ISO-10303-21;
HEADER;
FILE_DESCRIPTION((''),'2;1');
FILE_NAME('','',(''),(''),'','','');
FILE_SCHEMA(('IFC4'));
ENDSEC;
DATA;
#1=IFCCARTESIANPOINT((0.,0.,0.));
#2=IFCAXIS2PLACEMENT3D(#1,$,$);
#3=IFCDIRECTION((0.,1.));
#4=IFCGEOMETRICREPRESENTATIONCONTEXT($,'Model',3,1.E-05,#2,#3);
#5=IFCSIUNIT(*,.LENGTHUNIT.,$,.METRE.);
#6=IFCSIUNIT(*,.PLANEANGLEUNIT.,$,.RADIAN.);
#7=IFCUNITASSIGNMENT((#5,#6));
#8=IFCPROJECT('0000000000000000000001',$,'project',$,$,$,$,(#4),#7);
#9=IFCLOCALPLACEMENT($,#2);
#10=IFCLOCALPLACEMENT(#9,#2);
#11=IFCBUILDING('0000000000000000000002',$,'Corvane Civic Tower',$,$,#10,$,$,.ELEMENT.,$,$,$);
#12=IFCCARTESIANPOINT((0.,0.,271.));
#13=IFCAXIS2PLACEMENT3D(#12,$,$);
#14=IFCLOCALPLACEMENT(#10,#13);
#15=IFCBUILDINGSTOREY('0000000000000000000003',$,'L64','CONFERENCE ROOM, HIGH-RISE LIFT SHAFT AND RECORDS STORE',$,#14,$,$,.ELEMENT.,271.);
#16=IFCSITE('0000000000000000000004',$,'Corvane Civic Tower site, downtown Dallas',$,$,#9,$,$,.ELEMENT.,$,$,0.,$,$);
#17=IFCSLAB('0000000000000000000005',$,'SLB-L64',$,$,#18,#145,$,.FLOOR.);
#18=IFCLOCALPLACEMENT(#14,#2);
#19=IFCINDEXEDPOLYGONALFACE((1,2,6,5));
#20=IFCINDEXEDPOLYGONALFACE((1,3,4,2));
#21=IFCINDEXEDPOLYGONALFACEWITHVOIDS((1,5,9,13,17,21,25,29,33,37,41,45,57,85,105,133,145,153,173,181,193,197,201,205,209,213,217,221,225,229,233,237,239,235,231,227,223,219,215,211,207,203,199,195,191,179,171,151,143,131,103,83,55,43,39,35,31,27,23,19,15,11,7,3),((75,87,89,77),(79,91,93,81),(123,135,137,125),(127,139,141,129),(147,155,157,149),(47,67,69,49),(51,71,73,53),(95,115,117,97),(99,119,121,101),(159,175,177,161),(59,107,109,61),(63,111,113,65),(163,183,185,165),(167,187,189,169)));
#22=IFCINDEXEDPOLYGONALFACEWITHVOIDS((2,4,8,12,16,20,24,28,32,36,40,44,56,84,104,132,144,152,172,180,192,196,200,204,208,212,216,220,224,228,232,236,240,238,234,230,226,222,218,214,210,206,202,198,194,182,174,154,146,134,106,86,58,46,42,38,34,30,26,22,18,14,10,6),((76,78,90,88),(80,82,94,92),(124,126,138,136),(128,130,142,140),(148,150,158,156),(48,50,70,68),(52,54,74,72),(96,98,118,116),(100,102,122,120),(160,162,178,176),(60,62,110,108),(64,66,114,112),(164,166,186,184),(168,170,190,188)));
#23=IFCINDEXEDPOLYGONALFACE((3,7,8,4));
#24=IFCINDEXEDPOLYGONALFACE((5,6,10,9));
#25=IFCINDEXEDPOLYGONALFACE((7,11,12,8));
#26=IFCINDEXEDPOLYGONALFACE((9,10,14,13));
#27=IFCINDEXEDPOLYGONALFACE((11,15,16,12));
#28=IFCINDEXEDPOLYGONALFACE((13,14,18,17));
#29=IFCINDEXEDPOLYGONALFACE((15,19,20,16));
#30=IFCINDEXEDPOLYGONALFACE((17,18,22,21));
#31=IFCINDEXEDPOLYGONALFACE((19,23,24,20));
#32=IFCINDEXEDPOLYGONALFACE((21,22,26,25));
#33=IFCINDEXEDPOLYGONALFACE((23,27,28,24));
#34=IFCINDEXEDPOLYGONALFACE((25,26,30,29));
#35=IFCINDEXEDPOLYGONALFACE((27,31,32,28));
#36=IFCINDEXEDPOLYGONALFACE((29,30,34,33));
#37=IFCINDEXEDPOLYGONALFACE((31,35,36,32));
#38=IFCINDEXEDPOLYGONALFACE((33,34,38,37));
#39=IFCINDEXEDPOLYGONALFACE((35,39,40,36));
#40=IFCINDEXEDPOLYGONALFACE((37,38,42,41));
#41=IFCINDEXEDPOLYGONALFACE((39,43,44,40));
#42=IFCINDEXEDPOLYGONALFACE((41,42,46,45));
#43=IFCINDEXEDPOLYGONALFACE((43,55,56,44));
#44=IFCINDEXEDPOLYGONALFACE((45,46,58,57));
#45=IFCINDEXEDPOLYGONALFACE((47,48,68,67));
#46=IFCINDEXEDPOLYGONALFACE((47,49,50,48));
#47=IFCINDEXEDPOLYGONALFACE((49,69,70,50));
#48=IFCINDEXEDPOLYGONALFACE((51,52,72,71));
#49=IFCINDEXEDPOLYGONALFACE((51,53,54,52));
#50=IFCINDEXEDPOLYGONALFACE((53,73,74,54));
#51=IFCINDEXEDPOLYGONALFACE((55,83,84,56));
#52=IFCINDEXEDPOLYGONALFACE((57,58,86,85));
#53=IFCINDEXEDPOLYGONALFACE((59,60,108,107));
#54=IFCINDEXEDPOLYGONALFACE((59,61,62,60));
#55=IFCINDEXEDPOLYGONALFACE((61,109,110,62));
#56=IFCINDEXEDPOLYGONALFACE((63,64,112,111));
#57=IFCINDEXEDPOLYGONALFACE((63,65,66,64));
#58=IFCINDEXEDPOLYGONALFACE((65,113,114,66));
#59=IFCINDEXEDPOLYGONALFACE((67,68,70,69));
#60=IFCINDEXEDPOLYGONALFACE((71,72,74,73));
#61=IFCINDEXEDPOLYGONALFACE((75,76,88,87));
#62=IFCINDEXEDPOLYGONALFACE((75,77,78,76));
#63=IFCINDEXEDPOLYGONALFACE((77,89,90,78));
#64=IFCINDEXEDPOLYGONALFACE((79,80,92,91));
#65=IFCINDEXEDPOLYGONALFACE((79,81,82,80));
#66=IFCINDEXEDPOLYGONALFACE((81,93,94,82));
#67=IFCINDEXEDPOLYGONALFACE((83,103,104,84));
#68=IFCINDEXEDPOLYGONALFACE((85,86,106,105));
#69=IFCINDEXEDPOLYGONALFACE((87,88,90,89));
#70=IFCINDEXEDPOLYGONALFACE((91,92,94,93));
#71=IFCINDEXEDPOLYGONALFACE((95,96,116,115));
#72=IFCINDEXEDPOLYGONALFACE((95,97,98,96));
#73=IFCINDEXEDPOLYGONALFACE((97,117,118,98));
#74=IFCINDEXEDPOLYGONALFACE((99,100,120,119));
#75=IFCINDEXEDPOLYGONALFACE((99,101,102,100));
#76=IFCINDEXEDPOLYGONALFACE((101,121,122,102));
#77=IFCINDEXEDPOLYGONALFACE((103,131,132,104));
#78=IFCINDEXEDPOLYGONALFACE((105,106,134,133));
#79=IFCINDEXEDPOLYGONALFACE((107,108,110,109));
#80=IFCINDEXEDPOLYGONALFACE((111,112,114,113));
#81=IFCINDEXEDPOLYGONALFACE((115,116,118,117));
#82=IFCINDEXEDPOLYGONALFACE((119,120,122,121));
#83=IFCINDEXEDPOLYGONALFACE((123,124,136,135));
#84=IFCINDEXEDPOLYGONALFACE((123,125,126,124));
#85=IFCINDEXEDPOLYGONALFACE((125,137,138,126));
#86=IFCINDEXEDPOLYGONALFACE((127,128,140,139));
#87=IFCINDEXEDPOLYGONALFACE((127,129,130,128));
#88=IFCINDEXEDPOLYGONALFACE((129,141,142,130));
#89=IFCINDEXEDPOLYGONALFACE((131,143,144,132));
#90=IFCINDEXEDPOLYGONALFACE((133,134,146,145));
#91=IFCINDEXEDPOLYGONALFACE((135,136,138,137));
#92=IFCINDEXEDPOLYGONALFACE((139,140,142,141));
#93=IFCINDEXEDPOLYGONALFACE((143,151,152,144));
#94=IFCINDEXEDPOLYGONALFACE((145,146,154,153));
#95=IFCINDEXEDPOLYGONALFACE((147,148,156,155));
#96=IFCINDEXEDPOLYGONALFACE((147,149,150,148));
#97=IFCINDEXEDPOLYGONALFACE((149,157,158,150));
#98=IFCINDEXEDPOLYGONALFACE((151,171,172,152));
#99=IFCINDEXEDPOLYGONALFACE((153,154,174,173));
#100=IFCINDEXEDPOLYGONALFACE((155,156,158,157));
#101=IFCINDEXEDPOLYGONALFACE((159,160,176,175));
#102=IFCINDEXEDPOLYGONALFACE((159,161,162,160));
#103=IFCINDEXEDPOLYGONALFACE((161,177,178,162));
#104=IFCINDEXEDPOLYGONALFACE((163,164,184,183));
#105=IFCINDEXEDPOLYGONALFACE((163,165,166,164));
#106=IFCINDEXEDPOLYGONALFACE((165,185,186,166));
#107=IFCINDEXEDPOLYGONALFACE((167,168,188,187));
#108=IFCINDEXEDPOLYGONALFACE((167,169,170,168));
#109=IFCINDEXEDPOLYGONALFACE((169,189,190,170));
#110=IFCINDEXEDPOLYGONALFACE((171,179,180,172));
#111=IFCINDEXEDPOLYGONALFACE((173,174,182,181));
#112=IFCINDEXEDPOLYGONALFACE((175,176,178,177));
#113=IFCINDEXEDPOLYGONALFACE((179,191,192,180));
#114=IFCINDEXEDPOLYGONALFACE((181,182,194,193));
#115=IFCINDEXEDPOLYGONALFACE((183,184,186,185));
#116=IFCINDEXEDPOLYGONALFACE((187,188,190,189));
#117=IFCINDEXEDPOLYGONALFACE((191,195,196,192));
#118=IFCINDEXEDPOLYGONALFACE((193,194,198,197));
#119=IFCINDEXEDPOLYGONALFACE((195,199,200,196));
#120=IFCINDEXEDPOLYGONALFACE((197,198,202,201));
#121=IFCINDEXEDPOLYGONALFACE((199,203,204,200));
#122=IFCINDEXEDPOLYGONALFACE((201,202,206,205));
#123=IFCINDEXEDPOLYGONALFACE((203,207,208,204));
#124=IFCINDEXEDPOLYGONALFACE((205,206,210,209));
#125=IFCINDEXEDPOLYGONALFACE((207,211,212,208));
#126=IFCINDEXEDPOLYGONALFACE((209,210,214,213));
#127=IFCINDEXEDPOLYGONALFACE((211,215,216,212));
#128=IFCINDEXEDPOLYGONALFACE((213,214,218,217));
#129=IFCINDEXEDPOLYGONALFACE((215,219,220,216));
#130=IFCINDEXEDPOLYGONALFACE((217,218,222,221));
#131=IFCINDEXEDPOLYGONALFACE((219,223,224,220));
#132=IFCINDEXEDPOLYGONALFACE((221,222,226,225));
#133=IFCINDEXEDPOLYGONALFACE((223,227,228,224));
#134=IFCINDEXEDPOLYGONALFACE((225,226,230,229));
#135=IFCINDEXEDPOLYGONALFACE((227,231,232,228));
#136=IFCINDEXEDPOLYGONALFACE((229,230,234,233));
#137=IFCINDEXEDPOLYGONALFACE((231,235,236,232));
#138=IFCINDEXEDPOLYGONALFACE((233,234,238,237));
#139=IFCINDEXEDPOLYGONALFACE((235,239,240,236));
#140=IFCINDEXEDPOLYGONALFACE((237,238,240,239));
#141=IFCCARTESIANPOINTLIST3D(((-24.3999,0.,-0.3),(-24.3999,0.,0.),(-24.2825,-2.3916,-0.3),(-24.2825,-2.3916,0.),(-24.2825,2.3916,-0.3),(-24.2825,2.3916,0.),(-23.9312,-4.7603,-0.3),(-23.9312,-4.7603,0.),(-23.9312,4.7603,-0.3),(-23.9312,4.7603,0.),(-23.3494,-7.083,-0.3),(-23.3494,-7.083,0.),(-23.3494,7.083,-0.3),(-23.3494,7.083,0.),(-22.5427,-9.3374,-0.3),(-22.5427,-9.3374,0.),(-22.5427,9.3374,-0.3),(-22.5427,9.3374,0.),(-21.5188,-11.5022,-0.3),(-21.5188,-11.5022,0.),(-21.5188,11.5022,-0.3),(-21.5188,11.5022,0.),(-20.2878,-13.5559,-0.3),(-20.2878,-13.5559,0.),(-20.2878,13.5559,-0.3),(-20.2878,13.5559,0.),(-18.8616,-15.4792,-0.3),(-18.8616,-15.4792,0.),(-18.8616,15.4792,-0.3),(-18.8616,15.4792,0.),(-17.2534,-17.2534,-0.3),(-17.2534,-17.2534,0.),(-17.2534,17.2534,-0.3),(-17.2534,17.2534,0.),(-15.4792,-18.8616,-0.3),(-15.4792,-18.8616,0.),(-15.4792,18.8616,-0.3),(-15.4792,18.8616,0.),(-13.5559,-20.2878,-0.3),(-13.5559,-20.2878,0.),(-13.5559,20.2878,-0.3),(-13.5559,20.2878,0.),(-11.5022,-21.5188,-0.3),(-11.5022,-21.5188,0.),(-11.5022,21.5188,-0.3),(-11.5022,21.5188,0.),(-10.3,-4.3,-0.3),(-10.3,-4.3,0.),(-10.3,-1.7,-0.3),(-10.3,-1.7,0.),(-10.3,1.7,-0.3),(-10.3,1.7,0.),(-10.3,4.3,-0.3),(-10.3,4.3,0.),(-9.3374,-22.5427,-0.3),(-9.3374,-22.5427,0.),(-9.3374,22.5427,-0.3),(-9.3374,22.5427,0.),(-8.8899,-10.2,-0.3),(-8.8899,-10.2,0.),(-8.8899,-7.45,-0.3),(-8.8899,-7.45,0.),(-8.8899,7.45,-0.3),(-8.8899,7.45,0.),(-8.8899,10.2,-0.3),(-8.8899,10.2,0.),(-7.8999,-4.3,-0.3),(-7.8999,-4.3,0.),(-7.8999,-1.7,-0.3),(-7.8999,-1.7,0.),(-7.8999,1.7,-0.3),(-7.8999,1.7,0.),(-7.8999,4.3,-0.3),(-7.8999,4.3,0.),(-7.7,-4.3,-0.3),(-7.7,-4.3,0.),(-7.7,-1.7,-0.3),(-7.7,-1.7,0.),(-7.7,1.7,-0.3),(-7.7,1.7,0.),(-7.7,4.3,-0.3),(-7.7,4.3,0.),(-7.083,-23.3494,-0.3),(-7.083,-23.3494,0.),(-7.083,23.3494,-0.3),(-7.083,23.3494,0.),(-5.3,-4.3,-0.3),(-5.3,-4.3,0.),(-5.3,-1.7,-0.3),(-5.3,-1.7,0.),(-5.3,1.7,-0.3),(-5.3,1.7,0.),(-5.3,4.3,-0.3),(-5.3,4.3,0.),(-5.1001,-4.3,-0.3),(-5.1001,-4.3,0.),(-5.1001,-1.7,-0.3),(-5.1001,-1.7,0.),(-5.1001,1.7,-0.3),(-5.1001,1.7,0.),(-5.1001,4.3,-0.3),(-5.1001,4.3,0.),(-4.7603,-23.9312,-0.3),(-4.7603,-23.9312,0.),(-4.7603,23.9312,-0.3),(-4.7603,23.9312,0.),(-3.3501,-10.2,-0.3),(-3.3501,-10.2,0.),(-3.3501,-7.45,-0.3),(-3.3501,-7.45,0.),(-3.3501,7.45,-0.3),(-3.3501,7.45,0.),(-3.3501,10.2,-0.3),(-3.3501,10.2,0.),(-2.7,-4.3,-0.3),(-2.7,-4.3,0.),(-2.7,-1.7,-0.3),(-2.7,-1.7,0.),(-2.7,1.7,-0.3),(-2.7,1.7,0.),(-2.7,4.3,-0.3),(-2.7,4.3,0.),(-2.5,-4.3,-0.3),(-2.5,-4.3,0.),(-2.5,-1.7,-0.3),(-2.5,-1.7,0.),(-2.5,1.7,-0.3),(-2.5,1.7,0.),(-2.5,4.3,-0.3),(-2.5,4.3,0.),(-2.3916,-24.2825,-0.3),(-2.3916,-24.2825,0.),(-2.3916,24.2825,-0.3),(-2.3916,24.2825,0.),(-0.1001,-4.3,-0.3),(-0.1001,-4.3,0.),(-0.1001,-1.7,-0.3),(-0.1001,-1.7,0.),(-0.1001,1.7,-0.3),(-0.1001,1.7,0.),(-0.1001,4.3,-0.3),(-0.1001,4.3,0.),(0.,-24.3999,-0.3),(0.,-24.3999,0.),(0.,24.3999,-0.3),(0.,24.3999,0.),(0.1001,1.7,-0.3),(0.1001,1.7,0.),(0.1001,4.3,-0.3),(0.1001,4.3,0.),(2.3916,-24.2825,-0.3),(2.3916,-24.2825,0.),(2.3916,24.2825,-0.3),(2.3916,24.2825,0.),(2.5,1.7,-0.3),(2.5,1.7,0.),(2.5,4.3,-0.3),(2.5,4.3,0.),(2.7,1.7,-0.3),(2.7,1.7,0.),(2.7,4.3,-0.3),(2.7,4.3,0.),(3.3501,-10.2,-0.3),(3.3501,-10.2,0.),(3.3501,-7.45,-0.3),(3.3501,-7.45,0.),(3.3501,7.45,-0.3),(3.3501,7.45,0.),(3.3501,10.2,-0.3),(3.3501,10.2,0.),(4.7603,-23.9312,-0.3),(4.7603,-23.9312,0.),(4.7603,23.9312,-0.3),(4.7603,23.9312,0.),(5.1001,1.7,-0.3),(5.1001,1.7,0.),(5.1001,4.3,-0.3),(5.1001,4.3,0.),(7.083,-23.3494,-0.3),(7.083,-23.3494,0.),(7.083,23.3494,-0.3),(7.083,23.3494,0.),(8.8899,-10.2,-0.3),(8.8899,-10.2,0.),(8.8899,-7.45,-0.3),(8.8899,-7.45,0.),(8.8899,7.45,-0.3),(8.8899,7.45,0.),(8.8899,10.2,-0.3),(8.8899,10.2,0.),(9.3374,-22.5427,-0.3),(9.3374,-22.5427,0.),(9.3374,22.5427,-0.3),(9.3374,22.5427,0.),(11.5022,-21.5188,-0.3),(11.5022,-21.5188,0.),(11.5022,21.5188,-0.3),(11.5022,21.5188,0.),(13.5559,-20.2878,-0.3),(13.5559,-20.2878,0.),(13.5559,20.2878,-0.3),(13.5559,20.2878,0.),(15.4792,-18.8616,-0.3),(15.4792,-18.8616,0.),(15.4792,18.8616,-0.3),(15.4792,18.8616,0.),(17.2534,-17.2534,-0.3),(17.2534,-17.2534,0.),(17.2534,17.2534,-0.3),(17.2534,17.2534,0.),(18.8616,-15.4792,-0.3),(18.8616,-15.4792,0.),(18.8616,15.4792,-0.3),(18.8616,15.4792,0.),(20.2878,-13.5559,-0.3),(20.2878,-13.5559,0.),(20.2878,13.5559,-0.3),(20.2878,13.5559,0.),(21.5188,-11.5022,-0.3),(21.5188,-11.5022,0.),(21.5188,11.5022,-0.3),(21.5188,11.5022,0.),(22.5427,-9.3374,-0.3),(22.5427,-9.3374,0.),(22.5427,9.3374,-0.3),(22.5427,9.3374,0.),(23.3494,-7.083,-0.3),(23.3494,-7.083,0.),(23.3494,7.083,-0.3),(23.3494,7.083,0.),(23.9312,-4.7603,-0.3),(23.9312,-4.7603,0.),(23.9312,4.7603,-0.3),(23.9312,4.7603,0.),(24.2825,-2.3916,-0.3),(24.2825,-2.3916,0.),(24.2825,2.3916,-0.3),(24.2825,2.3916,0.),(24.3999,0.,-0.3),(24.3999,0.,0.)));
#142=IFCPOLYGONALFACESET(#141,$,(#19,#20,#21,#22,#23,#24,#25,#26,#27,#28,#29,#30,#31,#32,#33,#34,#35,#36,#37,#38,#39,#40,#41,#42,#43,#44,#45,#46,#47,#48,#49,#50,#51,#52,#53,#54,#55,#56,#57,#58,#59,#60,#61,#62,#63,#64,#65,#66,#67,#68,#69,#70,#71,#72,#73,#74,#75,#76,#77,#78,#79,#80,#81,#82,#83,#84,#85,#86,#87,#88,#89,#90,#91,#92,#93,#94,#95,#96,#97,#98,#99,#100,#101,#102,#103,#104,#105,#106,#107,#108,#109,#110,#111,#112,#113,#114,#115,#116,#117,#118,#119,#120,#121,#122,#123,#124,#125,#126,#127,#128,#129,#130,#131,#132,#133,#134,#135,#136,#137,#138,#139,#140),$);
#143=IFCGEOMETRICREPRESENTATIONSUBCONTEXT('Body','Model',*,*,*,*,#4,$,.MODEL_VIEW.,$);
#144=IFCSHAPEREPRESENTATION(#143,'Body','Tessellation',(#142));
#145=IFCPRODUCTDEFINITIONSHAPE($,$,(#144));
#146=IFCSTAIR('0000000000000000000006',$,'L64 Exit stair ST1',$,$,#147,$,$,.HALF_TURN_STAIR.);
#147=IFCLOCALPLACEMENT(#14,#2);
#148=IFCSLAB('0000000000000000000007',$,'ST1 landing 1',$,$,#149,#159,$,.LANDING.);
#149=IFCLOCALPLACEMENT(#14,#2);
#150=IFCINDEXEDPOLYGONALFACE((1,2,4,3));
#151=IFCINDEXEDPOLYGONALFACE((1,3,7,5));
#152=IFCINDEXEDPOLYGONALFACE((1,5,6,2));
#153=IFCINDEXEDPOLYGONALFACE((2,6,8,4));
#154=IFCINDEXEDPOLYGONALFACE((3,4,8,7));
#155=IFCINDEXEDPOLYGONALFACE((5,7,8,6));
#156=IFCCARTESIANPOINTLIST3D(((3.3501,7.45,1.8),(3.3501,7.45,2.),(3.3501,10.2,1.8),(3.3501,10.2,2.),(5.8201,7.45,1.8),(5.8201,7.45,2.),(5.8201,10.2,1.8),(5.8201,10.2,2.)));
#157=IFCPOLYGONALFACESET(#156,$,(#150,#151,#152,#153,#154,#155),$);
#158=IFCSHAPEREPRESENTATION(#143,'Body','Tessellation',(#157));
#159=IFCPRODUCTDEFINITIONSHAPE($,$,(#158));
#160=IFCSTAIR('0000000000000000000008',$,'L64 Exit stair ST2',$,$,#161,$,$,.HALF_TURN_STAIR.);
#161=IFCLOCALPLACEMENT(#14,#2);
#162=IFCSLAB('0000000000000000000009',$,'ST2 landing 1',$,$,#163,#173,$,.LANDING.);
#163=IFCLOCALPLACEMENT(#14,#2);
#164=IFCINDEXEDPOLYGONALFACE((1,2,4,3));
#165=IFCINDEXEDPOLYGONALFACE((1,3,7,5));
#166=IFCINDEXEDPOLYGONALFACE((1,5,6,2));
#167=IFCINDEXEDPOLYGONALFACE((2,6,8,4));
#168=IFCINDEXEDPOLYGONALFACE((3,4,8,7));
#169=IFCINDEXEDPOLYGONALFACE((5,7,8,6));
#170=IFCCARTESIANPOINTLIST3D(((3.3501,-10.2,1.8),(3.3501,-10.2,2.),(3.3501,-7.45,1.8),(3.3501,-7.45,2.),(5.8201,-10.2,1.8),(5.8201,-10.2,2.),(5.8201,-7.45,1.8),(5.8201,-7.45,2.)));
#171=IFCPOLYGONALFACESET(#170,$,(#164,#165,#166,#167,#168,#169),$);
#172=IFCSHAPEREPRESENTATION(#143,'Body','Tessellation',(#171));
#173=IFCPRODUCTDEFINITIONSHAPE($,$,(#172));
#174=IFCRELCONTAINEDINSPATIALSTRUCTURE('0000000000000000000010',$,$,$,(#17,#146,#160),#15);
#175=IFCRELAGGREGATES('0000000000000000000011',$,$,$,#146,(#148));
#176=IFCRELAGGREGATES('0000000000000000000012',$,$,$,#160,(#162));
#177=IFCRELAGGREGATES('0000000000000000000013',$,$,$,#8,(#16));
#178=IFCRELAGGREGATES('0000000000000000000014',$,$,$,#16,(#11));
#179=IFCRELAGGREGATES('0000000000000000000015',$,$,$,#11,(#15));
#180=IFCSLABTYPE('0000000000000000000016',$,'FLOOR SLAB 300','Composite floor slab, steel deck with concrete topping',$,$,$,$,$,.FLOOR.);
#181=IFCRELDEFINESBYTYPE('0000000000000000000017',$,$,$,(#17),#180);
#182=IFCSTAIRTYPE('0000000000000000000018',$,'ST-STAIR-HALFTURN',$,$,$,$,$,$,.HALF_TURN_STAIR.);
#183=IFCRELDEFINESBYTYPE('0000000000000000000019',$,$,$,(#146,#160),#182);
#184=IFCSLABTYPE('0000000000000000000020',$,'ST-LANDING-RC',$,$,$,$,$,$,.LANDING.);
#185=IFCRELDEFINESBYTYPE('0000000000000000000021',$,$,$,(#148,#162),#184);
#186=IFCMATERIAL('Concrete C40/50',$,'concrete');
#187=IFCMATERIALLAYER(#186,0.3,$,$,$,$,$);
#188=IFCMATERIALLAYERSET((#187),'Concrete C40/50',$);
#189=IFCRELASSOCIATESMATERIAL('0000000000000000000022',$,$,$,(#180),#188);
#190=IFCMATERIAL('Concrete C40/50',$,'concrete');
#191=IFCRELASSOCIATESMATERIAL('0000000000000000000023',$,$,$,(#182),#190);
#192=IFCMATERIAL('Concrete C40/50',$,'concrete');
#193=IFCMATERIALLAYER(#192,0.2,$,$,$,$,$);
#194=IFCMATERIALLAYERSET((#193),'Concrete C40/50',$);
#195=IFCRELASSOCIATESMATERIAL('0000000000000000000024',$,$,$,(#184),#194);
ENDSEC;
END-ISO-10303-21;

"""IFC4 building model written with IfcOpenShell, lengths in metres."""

from ifc_helpers import new_model, si_unit, direction, frame, origin, place, context, subcontext, project, spatial, polyline, outline, extrude, material, layer, layer_set, type_object, element, aggregate, save


model = new_model("IFC4")

# Units and contexts
model_context = context("Model", 3, precision=1e-05, world=origin(), true_north=direction((0.0, 1.0)))
body_context = subcontext(model_context, "Body", "Model", "MODEL_VIEW")
ifc_project = project(units=[si_unit("LENGTHUNIT", "METRE"), si_unit("PLANEANGLEUNIT", "RADIAN")], contexts=[model_context])

# Site, building, storey
site_placement = place(None, origin())
site = spatial("IfcSite", under=ifc_project, at=site_placement, Name="Corvane Civic Tower site, downtown Dallas", CompositionType="ELEMENT", RefElevation=0.0)
building_placement = place(site_placement, origin())
building = spatial("IfcBuilding", under=site, at=building_placement, Name="Corvane Civic Tower", CompositionType="ELEMENT")
storey_placement = place(building_placement, frame((0.0, 0.0, 271.0)))
storey = spatial("IfcBuildingStorey", under=building, at=storey_placement, Name="L64", Description="CONFERENCE ROOM, HIGH-RISE LIFT SHAFT AND RECORDS STORE", CompositionType="ELEMENT", Elevation=271.0)

# Slab
ifc_material_1 = material(Name="Concrete C40/50", Category="concrete")
ifc_layer_1 = layer(ifc_material_1, 0.3)
ifc_layer_set_1 = layer_set([ifc_layer_1], Name="Concrete C40/50")
slab_type_1 = type_object("IfcSlabType", Name="FLOOR SLAB 300", Description="Composite floor slab, steel deck with concrete topping", PredefinedType="FLOOR", material=ifc_layer_set_1)
slab_1_placement = place(storey_placement, frame((0.0, 0.0, -0.3)))
element("IfcSlab", 1, at=slab_1_placement, inside=storey, type_object=slab_type_1, Name="SLB-L64", PredefinedType="FLOOR", context=body_context, shape_type="SweptSolid", body=[
    extrude(outline(polyline([(0.0, 24.3999), (-2.3916, 24.2825), (-4.7603, 23.9312), (-7.083, 23.3494), (-9.3374, 22.5427), (-11.5022, 21.5188), (-13.5559, 20.2878), (-15.4792, 18.8616), (-17.2534, 17.2534), (-18.8616, 15.4792), (-20.2878, 13.5559), (-21.5188, 11.5022), (-22.5427, 9.3374), (-23.3494, 7.083), (-23.9312, 4.7603), (-24.2825, 2.3916), (-24.3999, 0.0), (-24.2825, -2.3916), (-23.9312, -4.7603), (-23.3494, -7.083), (-22.5427, -9.3374), (-21.5188, -11.5022), (-20.2878, -13.5559), (-18.8616, -15.4792), (-17.2534, -17.2534), (-15.4792, -18.8616), (-13.5559, -20.2878), (-11.5022, -21.5188), (-9.3374, -22.5427), (-7.083, -23.3494), (-4.7603, -23.9312), (-2.3916, -24.2825), (0.0, -24.3999), (2.3916, -24.2825), (4.7603, -23.9312), (7.083, -23.3494), (9.3374, -22.5427), (11.5022, -21.5188), (13.5559, -20.2878), (15.4792, -18.8616), (17.2534, -17.2534), (18.8616, -15.4792), (20.2878, -13.5559), (21.5188, -11.5022), (22.5427, -9.3374), (23.3494, -7.083), (23.9312, -4.7603), (24.2825, -2.3916), (24.3999, 0.0), (24.2825, 2.3916), (23.9312, 4.7603), (23.3494, 7.083), (22.5427, 9.3374), (21.5188, 11.5022), (20.2878, 13.5559), (18.8616, 15.4792), (17.2534, 17.2534), (15.4792, 18.8616), (13.5559, 20.2878), (11.5022, 21.5188), (9.3374, 22.5427), (7.083, 23.3494), (4.7603, 23.9312), (2.3916, 24.2825), (0.0, 24.3999)]), holes=[polyline([(-7.8999, 1.7), (-10.3, 1.7), (-10.3, 4.3), (-7.8999, 4.3), (-7.8999, 1.7)]), polyline([(-5.3, 1.7), (-7.7, 1.7), (-7.7, 4.3), (-5.3, 4.3), (-5.3, 1.7)]), polyline([(-2.7, 4.3), (-2.7, 1.7), (-5.1001, 1.7), (-5.1001, 4.3), (-2.7, 4.3)]), polyline([(-0.1001, 4.3), (-0.1001, 1.7), (-2.5, 1.7), (-2.5, 4.3), (-0.1001, 4.3)]), polyline([(2.5, 4.3), (2.5, 1.7), (0.1001, 1.7), (0.1001, 4.3), (2.5, 4.3)]), polyline([(5.1001, 4.3), (5.1001, 1.7), (2.7, 1.7), (2.7, 4.3), (5.1001, 4.3)]), polyline([(-10.3, -4.3), (-10.3, -1.7), (-7.8999, -1.7), (-7.8999, -4.3), (-10.3, -4.3)]), polyline([(-7.7, -4.3), (-7.7, -1.7), (-5.3, -1.7), (-5.3, -4.3), (-7.7, -4.3)]), polyline([(-2.7, -1.7), (-2.7, -4.3), (-5.1001, -4.3), (-5.1001, -1.7), (-2.7, -1.7)]), polyline([(-2.5, -4.3), (-2.5, -1.7), (-0.1001, -1.7), (-0.1001, -4.3), (-2.5, -4.3)]), polyline([(8.8899, 10.2), (8.8899, 7.45), (3.3501, 7.45), (3.3501, 10.2), (8.8899, 10.2)]), polyline([(-8.8899, 7.45), (-8.8899, 10.2), (-3.3501, 10.2), (-3.3501, 7.45), (-8.8899, 7.45)]), polyline([(8.8899, -7.45), (8.8899, -10.2), (3.3501, -10.2), (3.3501, -7.45), (8.8899, -7.45)]), polyline([(-8.8899, -10.2), (-8.8899, -7.45), (-3.3501, -7.45), (-3.3501, -10.2), (-8.8899, -10.2)])]), origin(), (0.0, 0.0, 1.0), 0.3),
])

# Stairs, slabs
ifc_material_2 = material(Name="Concrete C40/50", Category="concrete")
stair_type = type_object("IfcStairType", Name="ST-STAIR-HALFTURN", PredefinedType="HALF_TURN_STAIR", material=ifc_material_2)
stair_1_placement = place(storey_placement, origin())
stair_1 = element("IfcStair", 2, at=stair_1_placement, inside=storey, type_object=stair_type, Name="L64 Exit stair ST1", PredefinedType="HALF_TURN_STAIR")
ifc_material_3 = material(Name="Concrete C40/50", Category="concrete")
ifc_layer_2 = layer(ifc_material_3, 0.2)
ifc_layer_set_2 = layer_set([ifc_layer_2], Name="Concrete C40/50")
slab_type_2 = type_object("IfcSlabType", Name="ST-LANDING-RC", PredefinedType="LANDING", material=ifc_layer_set_2)
slab_2_placement = place(storey_placement, frame((0.0, 0.0, 1.8)))
slab_2 = element("IfcSlab", 3, at=slab_2_placement, type_object=slab_type_2, Name="ST1 landing 1", PredefinedType="LANDING", context=body_context, shape_type="SweptSolid", body=[
    extrude(outline(polyline([(5.8201, 10.2), (3.3501, 10.2), (3.3501, 7.45), (5.8201, 7.45), (5.8201, 10.2)])), origin(), (0.0, 0.0, 1.0), 0.2),
])
aggregate(stair_1, [slab_2])
stair_2_placement = place(storey_placement, origin())
stair_2 = element("IfcStair", 4, at=stair_2_placement, inside=storey, type_object=stair_type, Name="L64 Exit stair ST2", PredefinedType="HALF_TURN_STAIR")
slab_3_placement = place(storey_placement, frame((0.0, 0.0, 1.8)))
slab_3 = element("IfcSlab", 5, at=slab_3_placement, type_object=slab_type_2, Name="ST2 landing 1", PredefinedType="LANDING", context=body_context, shape_type="SweptSolid", body=[
    extrude(outline(polyline([(5.8201, -7.45), (3.3501, -7.45), (3.3501, -10.2), (5.8201, -10.2), (5.8201, -7.45)])), origin(), (0.0, 0.0, 1.0), 0.2),
])
aggregate(stair_2, [slab_3])

save(model, "model.ifc")
